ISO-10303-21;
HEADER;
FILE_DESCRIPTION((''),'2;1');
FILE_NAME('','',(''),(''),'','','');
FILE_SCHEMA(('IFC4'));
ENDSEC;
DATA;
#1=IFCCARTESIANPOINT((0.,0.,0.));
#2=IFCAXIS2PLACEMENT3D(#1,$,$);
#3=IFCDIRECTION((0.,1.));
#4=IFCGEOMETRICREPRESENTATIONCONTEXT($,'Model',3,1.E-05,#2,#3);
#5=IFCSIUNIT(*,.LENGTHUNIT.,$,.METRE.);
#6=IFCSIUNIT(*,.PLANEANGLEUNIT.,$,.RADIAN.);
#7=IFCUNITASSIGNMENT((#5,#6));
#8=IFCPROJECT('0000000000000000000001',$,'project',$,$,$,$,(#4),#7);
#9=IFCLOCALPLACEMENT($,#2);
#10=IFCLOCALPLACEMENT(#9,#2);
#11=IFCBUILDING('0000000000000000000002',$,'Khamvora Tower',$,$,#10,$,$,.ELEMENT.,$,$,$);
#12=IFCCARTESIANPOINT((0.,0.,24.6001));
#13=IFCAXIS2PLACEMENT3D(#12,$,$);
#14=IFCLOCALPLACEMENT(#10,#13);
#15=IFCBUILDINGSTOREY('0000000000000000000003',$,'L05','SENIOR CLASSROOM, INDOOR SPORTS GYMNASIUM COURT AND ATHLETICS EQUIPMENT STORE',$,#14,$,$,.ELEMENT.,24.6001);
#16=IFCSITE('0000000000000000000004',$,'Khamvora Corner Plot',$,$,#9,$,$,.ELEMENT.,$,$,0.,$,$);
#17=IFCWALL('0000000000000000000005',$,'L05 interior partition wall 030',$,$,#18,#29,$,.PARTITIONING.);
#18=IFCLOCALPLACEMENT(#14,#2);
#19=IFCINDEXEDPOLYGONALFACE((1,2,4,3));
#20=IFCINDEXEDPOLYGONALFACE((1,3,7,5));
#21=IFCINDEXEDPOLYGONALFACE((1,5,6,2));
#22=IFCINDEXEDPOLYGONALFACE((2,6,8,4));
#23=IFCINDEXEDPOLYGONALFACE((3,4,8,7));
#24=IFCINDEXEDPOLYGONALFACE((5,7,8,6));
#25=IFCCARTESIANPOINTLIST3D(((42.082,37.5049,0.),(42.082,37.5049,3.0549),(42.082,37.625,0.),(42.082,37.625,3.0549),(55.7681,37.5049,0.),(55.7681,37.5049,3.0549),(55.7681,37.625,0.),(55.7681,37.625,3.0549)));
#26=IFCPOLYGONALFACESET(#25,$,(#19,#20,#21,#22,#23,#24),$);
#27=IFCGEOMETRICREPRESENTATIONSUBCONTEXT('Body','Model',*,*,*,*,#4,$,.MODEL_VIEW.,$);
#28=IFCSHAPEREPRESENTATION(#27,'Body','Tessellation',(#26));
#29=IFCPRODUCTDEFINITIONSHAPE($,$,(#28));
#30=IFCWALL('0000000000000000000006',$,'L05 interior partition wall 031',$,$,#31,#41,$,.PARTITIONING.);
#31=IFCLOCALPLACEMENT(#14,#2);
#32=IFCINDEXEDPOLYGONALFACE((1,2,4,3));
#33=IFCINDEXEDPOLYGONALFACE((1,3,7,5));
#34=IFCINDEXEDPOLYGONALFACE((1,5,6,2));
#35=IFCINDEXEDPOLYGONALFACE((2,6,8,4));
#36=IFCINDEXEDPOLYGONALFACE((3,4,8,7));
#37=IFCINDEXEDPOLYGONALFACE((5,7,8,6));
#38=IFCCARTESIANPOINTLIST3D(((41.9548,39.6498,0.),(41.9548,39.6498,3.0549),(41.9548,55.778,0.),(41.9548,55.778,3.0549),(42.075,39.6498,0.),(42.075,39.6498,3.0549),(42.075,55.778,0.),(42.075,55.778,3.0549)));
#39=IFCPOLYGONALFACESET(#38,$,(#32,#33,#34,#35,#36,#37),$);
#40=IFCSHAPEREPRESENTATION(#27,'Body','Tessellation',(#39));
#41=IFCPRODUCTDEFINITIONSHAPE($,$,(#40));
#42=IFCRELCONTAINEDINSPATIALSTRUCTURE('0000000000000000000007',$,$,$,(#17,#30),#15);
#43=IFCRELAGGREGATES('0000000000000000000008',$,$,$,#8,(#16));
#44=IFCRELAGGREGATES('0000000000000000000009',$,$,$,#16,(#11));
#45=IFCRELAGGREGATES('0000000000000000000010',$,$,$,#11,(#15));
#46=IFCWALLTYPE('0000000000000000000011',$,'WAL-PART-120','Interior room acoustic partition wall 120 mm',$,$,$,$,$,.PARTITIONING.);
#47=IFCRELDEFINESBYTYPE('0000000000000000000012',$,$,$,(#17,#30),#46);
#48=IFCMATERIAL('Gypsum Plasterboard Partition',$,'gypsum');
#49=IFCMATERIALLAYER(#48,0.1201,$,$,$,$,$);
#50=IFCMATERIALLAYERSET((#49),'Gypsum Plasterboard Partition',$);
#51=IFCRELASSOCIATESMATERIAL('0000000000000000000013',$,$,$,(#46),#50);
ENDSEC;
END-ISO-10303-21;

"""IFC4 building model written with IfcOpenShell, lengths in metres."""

from ifc_helpers import new_model, si_unit, direction, frame, frame_2d, origin, place, context, subcontext, project, spatial, rectangle, extrude, material, layer, layer_set, type_object, element, save


model = new_model("IFC4")

# Units and contexts
model_context = context("Model", 3, precision=1e-05, world=origin(), true_north=direction((0.0, 1.0)))
body_context = subcontext(model_context, "Body", "Model", "MODEL_VIEW")
ifc_project = project(units=[si_unit("LENGTHUNIT", "METRE"), si_unit("PLANEANGLEUNIT", "RADIAN")], contexts=[model_context])

# Site, building, storey
site_placement = place(None, origin())
site = spatial("IfcSite", under=ifc_project, at=site_placement, Name="Khamvora Corner Plot", CompositionType="ELEMENT", RefElevation=0.0)
building_placement = place(site_placement, origin())
building = spatial("IfcBuilding", under=site, at=building_placement, Name="Khamvora Tower", CompositionType="ELEMENT")
storey_placement = place(building_placement, frame((0.0, 0.0, 24.6001)))
storey = spatial("IfcBuildingStorey", under=building, at=storey_placement, Name="L05", Description="SENIOR CLASSROOM, INDOOR SPORTS GYMNASIUM COURT AND ATHLETICS EQUIPMENT STORE", CompositionType="ELEMENT", Elevation=24.6001)

# Walls
ifc_material_1 = material(Name="Gypsum Plasterboard Partition", Category="gypsum")
ifc_layer_1 = layer(ifc_material_1, 0.1201)
ifc_layer_set_1 = layer_set([ifc_layer_1], Name="Gypsum Plasterboard Partition")
wall_type_1 = type_object("IfcWallType", Name="WAL-PART-120", Description="Interior room acoustic partition wall 120 mm", PredefinedType="PARTITIONING", material=ifc_layer_set_1)
wall_1_placement = place(storey_placement, frame((42.082, 37.5649, 0.0), z_axis=(0.0, 0.0, 1.0), x_axis=(1.0, 0.0, 0.0)))
element("IfcWall", 1, at=wall_1_placement, inside=storey, type_object=wall_type_1, Name="L05 interior partition wall 030", PredefinedType="PARTITIONING", context=body_context, shape_type="SweptSolid", body=[
    extrude(rectangle(XDim=13.686, YDim=0.1201, at=frame_2d((6.843, 0.0))), origin(), (0.0, 0.0, 1.0), 3.0549),
])
wall_2_placement = place(storey_placement, frame((42.0149, 39.6499, 0.0), z_axis=(0.0, 0.0, 1.0), x_axis=(0.0, 1.0, 0.0)))
element("IfcWall", 2, at=wall_2_placement, inside=storey, type_object=wall_type_1, Name="L05 interior partition wall 031", PredefinedType="PARTITIONING", context=body_context, shape_type="SweptSolid", body=[
    extrude(rectangle(XDim=16.1282, YDim=0.1201, at=frame_2d((8.064, 0.0))), origin(), (0.0, 0.0, 1.0), 3.0549),
])

save(model, "model.ifc")
